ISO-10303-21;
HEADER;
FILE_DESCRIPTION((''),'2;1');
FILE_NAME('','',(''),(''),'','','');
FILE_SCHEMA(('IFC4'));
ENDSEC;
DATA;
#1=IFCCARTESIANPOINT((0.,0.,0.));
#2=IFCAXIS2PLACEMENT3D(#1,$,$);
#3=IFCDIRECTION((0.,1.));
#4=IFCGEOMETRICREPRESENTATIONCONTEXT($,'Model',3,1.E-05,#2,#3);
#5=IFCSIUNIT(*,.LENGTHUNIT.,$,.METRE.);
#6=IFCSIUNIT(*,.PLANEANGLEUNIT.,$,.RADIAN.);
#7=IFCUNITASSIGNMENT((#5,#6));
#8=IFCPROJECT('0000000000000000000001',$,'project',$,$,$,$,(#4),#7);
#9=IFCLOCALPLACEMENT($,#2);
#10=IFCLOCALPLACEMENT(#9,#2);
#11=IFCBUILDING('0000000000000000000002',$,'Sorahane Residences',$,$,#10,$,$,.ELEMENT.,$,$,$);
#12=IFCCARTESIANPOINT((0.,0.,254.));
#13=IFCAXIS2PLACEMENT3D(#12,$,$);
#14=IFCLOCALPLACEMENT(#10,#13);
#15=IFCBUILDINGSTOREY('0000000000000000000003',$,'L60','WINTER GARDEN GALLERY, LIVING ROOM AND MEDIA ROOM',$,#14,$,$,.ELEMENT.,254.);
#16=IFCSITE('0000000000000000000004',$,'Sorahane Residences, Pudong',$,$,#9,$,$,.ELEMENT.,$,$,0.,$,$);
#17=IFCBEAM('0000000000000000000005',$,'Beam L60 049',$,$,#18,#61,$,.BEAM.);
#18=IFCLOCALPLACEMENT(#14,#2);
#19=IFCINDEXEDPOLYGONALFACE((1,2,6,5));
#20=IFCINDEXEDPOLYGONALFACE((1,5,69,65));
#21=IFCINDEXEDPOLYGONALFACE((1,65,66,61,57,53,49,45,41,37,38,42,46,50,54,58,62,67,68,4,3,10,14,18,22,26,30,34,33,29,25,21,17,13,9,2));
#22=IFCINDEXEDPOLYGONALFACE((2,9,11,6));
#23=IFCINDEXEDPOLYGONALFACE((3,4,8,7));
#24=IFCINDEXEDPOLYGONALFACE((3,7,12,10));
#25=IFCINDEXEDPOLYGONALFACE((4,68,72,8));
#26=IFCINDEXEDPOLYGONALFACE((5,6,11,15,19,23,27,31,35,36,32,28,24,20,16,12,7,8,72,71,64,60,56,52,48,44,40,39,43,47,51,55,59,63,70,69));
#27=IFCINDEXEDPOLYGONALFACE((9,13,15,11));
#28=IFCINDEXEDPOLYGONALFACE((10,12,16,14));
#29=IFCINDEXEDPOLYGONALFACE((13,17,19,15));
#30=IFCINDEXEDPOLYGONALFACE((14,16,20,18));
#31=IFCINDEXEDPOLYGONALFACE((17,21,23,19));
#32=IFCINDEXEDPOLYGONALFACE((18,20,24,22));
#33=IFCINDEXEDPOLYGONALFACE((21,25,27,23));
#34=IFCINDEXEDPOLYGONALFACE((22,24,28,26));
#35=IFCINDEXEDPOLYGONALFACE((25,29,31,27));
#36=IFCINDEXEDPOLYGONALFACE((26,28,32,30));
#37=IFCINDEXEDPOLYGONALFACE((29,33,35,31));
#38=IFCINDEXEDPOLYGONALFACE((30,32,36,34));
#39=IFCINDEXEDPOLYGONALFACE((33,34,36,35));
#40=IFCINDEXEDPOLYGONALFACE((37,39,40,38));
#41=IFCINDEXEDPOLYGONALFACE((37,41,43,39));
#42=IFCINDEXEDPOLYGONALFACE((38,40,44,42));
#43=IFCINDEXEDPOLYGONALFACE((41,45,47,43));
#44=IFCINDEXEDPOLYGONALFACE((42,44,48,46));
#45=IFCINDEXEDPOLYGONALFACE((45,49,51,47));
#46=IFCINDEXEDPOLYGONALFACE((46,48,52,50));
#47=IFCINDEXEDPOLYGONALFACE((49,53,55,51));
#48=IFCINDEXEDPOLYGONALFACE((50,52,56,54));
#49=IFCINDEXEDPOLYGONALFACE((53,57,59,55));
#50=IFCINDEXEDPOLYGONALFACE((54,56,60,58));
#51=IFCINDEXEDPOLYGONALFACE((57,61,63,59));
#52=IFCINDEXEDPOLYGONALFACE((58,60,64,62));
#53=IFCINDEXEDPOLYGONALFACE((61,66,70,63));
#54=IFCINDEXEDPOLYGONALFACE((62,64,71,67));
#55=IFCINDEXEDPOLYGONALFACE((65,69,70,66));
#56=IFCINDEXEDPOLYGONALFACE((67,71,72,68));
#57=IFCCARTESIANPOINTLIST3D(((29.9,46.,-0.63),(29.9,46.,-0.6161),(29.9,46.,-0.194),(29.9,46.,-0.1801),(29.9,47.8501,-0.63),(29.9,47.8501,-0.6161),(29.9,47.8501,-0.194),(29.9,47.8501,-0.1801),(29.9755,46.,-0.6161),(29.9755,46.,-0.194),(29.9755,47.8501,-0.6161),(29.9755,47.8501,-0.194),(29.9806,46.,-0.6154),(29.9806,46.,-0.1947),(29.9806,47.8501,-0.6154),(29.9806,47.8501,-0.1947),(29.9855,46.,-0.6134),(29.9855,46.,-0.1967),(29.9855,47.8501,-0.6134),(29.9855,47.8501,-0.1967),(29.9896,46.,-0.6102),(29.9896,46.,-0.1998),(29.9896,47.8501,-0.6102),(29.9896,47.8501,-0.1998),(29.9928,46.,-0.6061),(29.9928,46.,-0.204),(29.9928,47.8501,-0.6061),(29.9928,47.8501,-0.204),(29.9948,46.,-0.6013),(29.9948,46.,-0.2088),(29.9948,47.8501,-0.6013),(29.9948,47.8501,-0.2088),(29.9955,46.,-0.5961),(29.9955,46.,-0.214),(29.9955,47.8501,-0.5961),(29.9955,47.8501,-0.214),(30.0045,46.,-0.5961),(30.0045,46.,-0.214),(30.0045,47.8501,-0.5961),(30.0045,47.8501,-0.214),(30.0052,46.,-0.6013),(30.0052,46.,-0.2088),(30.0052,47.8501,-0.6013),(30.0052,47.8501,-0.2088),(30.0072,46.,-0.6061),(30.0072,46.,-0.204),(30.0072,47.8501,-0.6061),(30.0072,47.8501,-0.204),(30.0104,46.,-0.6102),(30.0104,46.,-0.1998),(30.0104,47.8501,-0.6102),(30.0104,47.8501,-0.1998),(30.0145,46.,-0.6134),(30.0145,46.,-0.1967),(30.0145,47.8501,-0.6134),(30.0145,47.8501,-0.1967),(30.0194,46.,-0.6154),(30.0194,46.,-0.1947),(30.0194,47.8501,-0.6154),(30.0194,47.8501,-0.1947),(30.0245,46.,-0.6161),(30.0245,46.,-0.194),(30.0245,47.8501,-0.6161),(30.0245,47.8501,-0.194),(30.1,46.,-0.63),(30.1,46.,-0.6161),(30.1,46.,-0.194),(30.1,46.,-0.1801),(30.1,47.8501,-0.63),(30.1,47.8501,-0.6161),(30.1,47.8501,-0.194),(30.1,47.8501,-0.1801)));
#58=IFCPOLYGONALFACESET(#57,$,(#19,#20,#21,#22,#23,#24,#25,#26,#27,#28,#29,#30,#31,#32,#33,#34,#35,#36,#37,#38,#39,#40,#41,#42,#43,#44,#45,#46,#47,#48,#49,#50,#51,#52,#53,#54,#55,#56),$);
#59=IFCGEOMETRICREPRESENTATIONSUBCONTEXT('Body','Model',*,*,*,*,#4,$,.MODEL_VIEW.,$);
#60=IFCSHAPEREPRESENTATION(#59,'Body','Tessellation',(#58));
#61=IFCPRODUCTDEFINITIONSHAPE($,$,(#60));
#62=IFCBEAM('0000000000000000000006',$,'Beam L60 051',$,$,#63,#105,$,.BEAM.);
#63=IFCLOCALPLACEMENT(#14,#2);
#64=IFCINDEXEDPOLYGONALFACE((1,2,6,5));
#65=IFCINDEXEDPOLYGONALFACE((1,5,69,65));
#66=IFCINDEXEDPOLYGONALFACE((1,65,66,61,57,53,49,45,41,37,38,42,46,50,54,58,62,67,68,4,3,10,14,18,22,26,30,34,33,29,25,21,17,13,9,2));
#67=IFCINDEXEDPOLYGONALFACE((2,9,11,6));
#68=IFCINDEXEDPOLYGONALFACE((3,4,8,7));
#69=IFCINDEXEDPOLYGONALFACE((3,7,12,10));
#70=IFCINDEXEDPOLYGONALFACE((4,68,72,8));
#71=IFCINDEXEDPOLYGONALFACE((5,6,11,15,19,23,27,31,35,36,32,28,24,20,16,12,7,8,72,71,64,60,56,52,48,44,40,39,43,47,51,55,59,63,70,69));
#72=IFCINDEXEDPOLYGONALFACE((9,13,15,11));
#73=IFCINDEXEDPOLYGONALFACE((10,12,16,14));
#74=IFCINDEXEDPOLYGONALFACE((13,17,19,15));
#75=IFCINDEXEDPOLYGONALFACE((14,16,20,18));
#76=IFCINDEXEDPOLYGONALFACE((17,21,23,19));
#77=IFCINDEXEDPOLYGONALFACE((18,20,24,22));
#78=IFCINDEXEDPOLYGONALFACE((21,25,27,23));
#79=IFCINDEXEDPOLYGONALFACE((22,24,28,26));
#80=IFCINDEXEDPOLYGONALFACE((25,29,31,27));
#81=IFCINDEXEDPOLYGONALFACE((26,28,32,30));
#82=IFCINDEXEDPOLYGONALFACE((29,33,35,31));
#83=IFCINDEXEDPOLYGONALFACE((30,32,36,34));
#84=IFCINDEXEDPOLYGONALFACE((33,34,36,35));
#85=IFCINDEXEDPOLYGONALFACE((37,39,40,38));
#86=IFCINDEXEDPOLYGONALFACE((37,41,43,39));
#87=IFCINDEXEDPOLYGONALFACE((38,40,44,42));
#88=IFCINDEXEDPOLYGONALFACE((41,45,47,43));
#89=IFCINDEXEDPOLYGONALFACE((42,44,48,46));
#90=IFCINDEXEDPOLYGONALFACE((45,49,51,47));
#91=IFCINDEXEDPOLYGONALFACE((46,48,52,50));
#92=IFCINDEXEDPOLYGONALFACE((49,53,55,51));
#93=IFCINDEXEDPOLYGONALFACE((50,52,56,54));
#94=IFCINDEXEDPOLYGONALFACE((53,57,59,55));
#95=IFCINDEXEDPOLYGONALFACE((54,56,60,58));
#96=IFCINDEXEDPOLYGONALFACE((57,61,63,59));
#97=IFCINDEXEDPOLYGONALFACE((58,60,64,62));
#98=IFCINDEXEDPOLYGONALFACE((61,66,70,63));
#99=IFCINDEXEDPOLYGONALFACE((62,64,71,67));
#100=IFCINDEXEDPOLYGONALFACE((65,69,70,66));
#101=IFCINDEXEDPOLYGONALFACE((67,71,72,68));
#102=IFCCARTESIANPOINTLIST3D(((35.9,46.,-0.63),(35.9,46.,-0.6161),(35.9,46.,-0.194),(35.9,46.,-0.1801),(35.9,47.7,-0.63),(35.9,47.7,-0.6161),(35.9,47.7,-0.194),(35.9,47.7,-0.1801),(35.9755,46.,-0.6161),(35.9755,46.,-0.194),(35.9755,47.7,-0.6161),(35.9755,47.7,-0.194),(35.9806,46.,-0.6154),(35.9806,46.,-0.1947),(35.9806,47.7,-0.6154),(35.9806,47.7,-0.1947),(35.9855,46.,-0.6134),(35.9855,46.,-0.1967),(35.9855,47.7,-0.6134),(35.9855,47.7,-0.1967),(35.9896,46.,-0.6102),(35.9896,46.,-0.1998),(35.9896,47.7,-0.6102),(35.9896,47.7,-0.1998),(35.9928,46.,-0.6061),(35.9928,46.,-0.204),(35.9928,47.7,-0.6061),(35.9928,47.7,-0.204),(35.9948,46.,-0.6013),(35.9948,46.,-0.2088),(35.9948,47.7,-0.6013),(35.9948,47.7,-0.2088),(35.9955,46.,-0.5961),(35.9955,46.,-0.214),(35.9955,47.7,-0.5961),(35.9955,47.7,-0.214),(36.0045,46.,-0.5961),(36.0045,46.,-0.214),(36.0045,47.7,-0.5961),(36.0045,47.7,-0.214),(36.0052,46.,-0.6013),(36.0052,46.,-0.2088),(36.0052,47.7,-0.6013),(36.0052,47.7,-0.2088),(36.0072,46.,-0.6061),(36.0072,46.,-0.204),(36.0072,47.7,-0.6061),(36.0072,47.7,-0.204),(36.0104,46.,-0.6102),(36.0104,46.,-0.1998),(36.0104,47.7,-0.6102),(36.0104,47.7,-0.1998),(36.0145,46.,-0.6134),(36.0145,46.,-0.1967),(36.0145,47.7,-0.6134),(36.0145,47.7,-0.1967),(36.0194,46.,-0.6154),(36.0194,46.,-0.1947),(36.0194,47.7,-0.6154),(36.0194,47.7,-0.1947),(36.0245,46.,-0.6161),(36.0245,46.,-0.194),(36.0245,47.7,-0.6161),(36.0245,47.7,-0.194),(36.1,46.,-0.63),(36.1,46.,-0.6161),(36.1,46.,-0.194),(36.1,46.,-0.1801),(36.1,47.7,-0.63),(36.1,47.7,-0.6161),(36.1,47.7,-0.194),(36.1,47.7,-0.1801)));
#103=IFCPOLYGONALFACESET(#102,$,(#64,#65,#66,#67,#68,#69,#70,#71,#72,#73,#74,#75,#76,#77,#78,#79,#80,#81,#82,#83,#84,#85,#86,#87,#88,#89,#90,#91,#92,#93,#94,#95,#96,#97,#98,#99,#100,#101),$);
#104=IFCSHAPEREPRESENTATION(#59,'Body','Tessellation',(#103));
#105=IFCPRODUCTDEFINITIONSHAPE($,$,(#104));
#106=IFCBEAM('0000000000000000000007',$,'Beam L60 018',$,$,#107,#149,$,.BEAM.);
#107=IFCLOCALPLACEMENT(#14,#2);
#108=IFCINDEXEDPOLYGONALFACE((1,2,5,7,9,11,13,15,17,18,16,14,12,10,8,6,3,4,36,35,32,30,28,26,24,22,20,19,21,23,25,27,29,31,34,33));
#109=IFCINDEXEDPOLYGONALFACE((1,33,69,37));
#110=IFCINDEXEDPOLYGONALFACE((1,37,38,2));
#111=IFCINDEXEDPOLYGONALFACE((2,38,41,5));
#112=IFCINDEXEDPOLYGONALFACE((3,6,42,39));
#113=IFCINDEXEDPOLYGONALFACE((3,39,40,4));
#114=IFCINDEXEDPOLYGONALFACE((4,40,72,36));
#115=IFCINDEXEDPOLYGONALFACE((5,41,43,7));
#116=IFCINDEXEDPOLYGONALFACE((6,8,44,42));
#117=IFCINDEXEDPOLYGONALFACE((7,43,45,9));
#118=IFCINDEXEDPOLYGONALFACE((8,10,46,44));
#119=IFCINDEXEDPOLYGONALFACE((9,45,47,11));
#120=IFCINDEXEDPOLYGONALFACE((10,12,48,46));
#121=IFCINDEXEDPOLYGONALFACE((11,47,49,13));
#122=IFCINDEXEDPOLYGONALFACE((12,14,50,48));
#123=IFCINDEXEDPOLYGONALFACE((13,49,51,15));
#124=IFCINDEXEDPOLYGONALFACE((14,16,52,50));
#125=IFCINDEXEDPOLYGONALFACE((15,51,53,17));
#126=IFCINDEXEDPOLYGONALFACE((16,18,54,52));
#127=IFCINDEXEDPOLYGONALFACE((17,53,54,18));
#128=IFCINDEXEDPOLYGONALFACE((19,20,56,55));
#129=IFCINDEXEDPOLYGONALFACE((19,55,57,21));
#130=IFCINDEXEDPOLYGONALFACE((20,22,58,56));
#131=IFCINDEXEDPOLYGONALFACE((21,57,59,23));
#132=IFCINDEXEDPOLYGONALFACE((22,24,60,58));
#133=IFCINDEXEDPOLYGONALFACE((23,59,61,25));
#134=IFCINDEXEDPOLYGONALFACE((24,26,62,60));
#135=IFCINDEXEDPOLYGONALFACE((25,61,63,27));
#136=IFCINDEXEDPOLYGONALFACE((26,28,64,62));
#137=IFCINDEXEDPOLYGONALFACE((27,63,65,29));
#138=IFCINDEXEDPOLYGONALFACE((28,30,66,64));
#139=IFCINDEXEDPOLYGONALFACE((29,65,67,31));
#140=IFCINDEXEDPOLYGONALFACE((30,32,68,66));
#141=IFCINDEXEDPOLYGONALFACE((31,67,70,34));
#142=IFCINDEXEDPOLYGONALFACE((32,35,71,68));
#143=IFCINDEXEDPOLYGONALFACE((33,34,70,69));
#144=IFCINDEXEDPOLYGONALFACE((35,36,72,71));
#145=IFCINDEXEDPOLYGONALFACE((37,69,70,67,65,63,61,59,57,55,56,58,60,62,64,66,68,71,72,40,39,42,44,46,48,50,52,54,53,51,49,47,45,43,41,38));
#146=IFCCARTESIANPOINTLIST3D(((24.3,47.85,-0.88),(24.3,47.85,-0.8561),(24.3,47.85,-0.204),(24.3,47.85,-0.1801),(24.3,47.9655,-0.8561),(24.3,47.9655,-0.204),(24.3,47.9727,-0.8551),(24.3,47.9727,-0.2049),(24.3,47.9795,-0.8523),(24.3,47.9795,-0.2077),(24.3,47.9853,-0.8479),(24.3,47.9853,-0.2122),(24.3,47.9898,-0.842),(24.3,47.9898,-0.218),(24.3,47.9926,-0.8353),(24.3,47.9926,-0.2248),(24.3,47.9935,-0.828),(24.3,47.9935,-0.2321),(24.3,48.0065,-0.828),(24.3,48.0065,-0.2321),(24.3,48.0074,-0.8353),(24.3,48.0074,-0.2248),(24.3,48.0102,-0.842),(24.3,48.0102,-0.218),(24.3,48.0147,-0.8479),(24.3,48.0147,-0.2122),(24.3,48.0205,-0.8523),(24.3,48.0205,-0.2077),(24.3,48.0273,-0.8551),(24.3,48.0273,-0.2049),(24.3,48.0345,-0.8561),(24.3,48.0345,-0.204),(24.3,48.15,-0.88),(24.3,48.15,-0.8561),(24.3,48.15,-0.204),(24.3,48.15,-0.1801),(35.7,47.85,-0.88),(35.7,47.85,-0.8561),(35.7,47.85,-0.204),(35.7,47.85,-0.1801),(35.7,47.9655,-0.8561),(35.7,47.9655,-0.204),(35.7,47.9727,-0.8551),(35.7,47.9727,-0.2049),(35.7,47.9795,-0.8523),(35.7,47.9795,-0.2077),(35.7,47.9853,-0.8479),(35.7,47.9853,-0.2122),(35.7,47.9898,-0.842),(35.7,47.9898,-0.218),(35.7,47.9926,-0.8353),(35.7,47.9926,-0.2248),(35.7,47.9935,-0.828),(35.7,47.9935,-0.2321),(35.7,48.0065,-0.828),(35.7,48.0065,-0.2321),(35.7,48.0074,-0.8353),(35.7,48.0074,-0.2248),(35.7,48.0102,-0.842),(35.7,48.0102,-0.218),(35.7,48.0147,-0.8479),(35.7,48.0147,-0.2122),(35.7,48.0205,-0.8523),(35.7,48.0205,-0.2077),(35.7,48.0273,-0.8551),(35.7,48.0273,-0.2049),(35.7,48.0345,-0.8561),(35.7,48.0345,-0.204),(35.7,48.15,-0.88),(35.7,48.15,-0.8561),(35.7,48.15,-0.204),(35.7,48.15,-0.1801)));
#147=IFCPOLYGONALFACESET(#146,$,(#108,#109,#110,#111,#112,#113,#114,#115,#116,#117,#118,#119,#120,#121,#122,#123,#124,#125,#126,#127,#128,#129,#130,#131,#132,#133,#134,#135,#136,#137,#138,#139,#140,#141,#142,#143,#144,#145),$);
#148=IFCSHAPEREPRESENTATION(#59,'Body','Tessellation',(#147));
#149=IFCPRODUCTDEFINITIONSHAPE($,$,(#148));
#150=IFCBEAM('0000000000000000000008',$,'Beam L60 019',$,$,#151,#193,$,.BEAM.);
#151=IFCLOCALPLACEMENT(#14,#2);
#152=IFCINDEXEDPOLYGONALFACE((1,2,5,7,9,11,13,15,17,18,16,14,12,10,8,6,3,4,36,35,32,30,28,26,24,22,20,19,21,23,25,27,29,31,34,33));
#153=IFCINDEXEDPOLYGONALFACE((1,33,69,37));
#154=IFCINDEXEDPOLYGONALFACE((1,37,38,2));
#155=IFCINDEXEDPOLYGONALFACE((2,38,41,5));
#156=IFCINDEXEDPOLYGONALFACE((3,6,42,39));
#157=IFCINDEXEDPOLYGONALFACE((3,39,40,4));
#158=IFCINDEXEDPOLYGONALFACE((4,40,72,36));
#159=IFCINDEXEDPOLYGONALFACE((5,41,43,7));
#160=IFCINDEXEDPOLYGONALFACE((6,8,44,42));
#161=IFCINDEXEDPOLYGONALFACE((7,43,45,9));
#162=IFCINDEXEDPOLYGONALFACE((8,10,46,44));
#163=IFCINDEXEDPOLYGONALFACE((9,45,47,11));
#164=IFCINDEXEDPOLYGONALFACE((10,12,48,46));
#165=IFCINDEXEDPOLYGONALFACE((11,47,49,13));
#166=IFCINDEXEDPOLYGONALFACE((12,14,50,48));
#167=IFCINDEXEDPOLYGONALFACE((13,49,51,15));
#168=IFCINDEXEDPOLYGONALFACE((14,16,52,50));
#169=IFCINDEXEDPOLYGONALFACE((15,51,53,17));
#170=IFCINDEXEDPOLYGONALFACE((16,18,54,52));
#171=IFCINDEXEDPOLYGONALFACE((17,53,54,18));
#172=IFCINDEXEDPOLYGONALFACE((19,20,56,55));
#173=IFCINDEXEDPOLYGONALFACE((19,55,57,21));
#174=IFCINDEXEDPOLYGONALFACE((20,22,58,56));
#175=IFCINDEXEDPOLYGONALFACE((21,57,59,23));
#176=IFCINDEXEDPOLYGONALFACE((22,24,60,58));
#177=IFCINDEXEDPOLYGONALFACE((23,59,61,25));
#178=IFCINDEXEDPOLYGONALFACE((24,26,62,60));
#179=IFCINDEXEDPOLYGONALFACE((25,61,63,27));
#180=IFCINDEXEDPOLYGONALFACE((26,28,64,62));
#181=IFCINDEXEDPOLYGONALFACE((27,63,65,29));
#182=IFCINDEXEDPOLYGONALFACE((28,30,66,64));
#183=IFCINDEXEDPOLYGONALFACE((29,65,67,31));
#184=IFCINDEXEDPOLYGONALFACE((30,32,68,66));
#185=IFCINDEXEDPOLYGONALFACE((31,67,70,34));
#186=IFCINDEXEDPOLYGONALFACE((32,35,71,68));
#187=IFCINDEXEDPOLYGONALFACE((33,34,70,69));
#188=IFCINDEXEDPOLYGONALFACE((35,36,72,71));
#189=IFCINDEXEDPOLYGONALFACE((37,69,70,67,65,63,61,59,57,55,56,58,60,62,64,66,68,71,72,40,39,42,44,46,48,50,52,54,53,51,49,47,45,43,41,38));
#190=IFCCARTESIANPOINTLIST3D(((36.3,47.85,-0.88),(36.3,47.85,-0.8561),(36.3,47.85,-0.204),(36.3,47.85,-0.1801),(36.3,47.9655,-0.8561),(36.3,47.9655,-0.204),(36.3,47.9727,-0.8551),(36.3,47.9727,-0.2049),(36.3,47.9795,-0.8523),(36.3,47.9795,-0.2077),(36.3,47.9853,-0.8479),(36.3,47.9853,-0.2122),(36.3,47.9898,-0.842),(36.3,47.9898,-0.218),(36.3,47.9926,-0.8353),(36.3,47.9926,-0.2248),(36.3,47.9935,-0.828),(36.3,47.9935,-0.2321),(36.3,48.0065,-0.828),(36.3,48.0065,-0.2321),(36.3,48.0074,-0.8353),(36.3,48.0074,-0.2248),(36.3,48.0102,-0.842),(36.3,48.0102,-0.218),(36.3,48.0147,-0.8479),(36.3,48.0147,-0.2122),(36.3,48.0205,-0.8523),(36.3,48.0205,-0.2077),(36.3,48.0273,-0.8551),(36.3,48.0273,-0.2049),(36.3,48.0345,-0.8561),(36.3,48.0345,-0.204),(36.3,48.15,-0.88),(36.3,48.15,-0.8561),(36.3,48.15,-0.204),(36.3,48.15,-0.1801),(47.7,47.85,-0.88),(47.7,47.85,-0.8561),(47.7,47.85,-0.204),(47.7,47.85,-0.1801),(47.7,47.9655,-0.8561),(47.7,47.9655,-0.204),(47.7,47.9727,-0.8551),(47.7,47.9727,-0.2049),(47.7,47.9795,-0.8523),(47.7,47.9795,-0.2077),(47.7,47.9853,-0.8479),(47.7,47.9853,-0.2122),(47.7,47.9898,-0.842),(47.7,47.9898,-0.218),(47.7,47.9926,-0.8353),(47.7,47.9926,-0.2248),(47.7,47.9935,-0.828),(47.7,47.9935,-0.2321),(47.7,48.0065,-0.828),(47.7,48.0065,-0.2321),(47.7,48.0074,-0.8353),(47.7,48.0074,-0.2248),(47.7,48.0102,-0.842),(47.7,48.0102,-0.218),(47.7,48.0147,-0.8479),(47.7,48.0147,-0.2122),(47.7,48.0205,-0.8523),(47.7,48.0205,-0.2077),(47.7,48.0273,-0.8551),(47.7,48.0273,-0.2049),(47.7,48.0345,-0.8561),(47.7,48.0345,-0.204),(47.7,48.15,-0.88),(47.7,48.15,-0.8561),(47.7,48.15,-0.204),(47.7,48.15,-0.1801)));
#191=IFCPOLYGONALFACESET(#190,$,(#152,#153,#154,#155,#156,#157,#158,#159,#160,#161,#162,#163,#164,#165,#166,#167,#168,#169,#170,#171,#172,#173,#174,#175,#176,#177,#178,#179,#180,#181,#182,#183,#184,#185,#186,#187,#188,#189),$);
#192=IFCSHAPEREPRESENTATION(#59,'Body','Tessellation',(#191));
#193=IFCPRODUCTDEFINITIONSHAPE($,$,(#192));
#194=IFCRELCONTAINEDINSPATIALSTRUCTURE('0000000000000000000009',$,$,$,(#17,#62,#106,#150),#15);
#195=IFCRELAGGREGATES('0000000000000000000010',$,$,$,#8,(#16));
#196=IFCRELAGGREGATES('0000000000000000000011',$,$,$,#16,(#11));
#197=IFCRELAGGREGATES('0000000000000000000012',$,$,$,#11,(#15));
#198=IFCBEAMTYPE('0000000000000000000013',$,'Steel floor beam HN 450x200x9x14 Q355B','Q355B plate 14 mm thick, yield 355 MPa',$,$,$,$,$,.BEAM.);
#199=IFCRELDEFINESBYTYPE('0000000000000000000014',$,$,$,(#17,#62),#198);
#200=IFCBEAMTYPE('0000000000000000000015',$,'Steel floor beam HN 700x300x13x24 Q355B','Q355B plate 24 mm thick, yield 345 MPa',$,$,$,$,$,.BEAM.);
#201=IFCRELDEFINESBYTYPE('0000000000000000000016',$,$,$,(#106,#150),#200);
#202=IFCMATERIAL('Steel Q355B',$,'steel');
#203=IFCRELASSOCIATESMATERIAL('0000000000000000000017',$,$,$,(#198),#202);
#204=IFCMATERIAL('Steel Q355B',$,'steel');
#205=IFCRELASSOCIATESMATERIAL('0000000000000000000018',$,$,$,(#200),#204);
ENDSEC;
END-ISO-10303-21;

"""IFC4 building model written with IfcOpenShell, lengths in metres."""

from ifc_helpers import new_model, si_unit, direction, frame, origin, origin_2d, place, context, subcontext, project, spatial, i_section, extrude, material, material_profile, profile_set, type_object, element, save


model = new_model("IFC4")

# Units and contexts
model_context = context("Model", 3, precision=1e-05, world=origin(), true_north=direction((0.0, 1.0)))
body_context = subcontext(model_context, "Body", "Model", "MODEL_VIEW")
ifc_project = project(units=[si_unit("LENGTHUNIT", "METRE"), si_unit("PLANEANGLEUNIT", "RADIAN")], contexts=[model_context])

# Site, building, storey
site_placement = place(None, origin())
site = spatial("IfcSite", under=ifc_project, at=site_placement, Name="Sorahane Residences, Pudong", CompositionType="ELEMENT", RefElevation=0.0)
building_placement = place(site_placement, origin())
building = spatial("IfcBuilding", under=site, at=building_placement, Name="Sorahane Residences", CompositionType="ELEMENT")
storey_placement = place(building_placement, frame((0.0, 0.0, 254.0)))
storey = spatial("IfcBuildingStorey", under=building, at=storey_placement, Name="L60", Description="WINTER GARDEN GALLERY, LIVING ROOM AND MEDIA ROOM", CompositionType="ELEMENT", Elevation=254.0)

# Beams
ifc_material_1 = material(Name="Steel Q355B", Category="steel")
ifc_material_profile_1 = material_profile(ifc_material_1, i_section(OverallWidth=0.2, OverallDepth=0.45, WebThickness=0.009, FlangeThickness=0.0139, FilletRadius=0.02, at=origin_2d()), Name="HN 450x200x9x14")
ifc_profile_set_1 = profile_set([ifc_material_profile_1], Name="Steel Q355B")
beam_type_1 = type_object("IfcBeamType", Name="Steel floor beam HN 450x200x9x14 Q355B", Description="Q355B plate 14 mm thick, yield 355 MPa", PredefinedType="BEAM", material=ifc_profile_set_1)
beam_1_placement = place(storey_placement, frame((30.0, 46.0, -0.405), z_axis=(0.0, 1.0, 0.0), x_axis=(-1.0, 0.0, 0.0)))
element("IfcBeam", 1, at=beam_1_placement, inside=storey, type_object=beam_type_1, Name="Beam L60 049", PredefinedType="BEAM", context=body_context, shape_type="SweptSolid", body=[
    extrude(i_section(OverallWidth=0.2, OverallDepth=0.45, WebThickness=0.009, FlangeThickness=0.0139, FilletRadius=0.02, at=origin_2d()), origin(), (0.0, 0.0, 1.0), 1.8501),
])
beam_2_placement = place(storey_placement, frame((36.0, 46.0, -0.405), z_axis=(0.0, 1.0, 0.0), x_axis=(-1.0, 0.0, 0.0)))
element("IfcBeam", 2, at=beam_2_placement, inside=storey, type_object=beam_type_1, Name="Beam L60 051", PredefinedType="BEAM", context=body_context, shape_type="SweptSolid", body=[
    extrude(i_section(OverallWidth=0.2, OverallDepth=0.45, WebThickness=0.009, FlangeThickness=0.0139, FilletRadius=0.02, at=origin_2d()), origin(), (0.0, 0.0, 1.0), 1.7),
])
ifc_material_2 = material(Name="Steel Q355B", Category="steel")
ifc_material_profile_2 = material_profile(ifc_material_2, i_section(OverallWidth=0.3, OverallDepth=0.7, WebThickness=0.0129, FlangeThickness=0.0239, FilletRadius=0.0281, at=origin_2d()), Name="HN 700x300x13x24")
ifc_profile_set_2 = profile_set([ifc_material_profile_2], Name="Steel Q355B")
beam_type_2 = type_object("IfcBeamType", Name="Steel floor beam HN 700x300x13x24 Q355B", Description="Q355B plate 24 mm thick, yield 345 MPa", PredefinedType="BEAM", material=ifc_profile_set_2)
for number, where, z_axis, x_axis, name in (
    (3, (24.3, 48.0, -0.53), (1.0, 0.0, 0.0), (0.0, 1.0, 0.0), "Beam L60 018"),
    (4, (36.3, 48.0, -0.53), (1.0, 0.0, 0.0), (0.0, 1.0, 0.0), "Beam L60 019"),
):
    element("IfcBeam", number, at=place(storey_placement, frame(where, z_axis=z_axis, x_axis=x_axis)), inside=storey, type_object=beam_type_2, Name=name, PredefinedType="BEAM", context=body_context, shape_type="SweptSolid", body=[
        extrude(i_section(OverallWidth=0.3, OverallDepth=0.7, WebThickness=0.0129, FlangeThickness=0.0239, FilletRadius=0.0281, at=origin_2d()), origin(), (0.0, 0.0, 1.0), 11.3999),
    ])

save(model, "model.ifc")
